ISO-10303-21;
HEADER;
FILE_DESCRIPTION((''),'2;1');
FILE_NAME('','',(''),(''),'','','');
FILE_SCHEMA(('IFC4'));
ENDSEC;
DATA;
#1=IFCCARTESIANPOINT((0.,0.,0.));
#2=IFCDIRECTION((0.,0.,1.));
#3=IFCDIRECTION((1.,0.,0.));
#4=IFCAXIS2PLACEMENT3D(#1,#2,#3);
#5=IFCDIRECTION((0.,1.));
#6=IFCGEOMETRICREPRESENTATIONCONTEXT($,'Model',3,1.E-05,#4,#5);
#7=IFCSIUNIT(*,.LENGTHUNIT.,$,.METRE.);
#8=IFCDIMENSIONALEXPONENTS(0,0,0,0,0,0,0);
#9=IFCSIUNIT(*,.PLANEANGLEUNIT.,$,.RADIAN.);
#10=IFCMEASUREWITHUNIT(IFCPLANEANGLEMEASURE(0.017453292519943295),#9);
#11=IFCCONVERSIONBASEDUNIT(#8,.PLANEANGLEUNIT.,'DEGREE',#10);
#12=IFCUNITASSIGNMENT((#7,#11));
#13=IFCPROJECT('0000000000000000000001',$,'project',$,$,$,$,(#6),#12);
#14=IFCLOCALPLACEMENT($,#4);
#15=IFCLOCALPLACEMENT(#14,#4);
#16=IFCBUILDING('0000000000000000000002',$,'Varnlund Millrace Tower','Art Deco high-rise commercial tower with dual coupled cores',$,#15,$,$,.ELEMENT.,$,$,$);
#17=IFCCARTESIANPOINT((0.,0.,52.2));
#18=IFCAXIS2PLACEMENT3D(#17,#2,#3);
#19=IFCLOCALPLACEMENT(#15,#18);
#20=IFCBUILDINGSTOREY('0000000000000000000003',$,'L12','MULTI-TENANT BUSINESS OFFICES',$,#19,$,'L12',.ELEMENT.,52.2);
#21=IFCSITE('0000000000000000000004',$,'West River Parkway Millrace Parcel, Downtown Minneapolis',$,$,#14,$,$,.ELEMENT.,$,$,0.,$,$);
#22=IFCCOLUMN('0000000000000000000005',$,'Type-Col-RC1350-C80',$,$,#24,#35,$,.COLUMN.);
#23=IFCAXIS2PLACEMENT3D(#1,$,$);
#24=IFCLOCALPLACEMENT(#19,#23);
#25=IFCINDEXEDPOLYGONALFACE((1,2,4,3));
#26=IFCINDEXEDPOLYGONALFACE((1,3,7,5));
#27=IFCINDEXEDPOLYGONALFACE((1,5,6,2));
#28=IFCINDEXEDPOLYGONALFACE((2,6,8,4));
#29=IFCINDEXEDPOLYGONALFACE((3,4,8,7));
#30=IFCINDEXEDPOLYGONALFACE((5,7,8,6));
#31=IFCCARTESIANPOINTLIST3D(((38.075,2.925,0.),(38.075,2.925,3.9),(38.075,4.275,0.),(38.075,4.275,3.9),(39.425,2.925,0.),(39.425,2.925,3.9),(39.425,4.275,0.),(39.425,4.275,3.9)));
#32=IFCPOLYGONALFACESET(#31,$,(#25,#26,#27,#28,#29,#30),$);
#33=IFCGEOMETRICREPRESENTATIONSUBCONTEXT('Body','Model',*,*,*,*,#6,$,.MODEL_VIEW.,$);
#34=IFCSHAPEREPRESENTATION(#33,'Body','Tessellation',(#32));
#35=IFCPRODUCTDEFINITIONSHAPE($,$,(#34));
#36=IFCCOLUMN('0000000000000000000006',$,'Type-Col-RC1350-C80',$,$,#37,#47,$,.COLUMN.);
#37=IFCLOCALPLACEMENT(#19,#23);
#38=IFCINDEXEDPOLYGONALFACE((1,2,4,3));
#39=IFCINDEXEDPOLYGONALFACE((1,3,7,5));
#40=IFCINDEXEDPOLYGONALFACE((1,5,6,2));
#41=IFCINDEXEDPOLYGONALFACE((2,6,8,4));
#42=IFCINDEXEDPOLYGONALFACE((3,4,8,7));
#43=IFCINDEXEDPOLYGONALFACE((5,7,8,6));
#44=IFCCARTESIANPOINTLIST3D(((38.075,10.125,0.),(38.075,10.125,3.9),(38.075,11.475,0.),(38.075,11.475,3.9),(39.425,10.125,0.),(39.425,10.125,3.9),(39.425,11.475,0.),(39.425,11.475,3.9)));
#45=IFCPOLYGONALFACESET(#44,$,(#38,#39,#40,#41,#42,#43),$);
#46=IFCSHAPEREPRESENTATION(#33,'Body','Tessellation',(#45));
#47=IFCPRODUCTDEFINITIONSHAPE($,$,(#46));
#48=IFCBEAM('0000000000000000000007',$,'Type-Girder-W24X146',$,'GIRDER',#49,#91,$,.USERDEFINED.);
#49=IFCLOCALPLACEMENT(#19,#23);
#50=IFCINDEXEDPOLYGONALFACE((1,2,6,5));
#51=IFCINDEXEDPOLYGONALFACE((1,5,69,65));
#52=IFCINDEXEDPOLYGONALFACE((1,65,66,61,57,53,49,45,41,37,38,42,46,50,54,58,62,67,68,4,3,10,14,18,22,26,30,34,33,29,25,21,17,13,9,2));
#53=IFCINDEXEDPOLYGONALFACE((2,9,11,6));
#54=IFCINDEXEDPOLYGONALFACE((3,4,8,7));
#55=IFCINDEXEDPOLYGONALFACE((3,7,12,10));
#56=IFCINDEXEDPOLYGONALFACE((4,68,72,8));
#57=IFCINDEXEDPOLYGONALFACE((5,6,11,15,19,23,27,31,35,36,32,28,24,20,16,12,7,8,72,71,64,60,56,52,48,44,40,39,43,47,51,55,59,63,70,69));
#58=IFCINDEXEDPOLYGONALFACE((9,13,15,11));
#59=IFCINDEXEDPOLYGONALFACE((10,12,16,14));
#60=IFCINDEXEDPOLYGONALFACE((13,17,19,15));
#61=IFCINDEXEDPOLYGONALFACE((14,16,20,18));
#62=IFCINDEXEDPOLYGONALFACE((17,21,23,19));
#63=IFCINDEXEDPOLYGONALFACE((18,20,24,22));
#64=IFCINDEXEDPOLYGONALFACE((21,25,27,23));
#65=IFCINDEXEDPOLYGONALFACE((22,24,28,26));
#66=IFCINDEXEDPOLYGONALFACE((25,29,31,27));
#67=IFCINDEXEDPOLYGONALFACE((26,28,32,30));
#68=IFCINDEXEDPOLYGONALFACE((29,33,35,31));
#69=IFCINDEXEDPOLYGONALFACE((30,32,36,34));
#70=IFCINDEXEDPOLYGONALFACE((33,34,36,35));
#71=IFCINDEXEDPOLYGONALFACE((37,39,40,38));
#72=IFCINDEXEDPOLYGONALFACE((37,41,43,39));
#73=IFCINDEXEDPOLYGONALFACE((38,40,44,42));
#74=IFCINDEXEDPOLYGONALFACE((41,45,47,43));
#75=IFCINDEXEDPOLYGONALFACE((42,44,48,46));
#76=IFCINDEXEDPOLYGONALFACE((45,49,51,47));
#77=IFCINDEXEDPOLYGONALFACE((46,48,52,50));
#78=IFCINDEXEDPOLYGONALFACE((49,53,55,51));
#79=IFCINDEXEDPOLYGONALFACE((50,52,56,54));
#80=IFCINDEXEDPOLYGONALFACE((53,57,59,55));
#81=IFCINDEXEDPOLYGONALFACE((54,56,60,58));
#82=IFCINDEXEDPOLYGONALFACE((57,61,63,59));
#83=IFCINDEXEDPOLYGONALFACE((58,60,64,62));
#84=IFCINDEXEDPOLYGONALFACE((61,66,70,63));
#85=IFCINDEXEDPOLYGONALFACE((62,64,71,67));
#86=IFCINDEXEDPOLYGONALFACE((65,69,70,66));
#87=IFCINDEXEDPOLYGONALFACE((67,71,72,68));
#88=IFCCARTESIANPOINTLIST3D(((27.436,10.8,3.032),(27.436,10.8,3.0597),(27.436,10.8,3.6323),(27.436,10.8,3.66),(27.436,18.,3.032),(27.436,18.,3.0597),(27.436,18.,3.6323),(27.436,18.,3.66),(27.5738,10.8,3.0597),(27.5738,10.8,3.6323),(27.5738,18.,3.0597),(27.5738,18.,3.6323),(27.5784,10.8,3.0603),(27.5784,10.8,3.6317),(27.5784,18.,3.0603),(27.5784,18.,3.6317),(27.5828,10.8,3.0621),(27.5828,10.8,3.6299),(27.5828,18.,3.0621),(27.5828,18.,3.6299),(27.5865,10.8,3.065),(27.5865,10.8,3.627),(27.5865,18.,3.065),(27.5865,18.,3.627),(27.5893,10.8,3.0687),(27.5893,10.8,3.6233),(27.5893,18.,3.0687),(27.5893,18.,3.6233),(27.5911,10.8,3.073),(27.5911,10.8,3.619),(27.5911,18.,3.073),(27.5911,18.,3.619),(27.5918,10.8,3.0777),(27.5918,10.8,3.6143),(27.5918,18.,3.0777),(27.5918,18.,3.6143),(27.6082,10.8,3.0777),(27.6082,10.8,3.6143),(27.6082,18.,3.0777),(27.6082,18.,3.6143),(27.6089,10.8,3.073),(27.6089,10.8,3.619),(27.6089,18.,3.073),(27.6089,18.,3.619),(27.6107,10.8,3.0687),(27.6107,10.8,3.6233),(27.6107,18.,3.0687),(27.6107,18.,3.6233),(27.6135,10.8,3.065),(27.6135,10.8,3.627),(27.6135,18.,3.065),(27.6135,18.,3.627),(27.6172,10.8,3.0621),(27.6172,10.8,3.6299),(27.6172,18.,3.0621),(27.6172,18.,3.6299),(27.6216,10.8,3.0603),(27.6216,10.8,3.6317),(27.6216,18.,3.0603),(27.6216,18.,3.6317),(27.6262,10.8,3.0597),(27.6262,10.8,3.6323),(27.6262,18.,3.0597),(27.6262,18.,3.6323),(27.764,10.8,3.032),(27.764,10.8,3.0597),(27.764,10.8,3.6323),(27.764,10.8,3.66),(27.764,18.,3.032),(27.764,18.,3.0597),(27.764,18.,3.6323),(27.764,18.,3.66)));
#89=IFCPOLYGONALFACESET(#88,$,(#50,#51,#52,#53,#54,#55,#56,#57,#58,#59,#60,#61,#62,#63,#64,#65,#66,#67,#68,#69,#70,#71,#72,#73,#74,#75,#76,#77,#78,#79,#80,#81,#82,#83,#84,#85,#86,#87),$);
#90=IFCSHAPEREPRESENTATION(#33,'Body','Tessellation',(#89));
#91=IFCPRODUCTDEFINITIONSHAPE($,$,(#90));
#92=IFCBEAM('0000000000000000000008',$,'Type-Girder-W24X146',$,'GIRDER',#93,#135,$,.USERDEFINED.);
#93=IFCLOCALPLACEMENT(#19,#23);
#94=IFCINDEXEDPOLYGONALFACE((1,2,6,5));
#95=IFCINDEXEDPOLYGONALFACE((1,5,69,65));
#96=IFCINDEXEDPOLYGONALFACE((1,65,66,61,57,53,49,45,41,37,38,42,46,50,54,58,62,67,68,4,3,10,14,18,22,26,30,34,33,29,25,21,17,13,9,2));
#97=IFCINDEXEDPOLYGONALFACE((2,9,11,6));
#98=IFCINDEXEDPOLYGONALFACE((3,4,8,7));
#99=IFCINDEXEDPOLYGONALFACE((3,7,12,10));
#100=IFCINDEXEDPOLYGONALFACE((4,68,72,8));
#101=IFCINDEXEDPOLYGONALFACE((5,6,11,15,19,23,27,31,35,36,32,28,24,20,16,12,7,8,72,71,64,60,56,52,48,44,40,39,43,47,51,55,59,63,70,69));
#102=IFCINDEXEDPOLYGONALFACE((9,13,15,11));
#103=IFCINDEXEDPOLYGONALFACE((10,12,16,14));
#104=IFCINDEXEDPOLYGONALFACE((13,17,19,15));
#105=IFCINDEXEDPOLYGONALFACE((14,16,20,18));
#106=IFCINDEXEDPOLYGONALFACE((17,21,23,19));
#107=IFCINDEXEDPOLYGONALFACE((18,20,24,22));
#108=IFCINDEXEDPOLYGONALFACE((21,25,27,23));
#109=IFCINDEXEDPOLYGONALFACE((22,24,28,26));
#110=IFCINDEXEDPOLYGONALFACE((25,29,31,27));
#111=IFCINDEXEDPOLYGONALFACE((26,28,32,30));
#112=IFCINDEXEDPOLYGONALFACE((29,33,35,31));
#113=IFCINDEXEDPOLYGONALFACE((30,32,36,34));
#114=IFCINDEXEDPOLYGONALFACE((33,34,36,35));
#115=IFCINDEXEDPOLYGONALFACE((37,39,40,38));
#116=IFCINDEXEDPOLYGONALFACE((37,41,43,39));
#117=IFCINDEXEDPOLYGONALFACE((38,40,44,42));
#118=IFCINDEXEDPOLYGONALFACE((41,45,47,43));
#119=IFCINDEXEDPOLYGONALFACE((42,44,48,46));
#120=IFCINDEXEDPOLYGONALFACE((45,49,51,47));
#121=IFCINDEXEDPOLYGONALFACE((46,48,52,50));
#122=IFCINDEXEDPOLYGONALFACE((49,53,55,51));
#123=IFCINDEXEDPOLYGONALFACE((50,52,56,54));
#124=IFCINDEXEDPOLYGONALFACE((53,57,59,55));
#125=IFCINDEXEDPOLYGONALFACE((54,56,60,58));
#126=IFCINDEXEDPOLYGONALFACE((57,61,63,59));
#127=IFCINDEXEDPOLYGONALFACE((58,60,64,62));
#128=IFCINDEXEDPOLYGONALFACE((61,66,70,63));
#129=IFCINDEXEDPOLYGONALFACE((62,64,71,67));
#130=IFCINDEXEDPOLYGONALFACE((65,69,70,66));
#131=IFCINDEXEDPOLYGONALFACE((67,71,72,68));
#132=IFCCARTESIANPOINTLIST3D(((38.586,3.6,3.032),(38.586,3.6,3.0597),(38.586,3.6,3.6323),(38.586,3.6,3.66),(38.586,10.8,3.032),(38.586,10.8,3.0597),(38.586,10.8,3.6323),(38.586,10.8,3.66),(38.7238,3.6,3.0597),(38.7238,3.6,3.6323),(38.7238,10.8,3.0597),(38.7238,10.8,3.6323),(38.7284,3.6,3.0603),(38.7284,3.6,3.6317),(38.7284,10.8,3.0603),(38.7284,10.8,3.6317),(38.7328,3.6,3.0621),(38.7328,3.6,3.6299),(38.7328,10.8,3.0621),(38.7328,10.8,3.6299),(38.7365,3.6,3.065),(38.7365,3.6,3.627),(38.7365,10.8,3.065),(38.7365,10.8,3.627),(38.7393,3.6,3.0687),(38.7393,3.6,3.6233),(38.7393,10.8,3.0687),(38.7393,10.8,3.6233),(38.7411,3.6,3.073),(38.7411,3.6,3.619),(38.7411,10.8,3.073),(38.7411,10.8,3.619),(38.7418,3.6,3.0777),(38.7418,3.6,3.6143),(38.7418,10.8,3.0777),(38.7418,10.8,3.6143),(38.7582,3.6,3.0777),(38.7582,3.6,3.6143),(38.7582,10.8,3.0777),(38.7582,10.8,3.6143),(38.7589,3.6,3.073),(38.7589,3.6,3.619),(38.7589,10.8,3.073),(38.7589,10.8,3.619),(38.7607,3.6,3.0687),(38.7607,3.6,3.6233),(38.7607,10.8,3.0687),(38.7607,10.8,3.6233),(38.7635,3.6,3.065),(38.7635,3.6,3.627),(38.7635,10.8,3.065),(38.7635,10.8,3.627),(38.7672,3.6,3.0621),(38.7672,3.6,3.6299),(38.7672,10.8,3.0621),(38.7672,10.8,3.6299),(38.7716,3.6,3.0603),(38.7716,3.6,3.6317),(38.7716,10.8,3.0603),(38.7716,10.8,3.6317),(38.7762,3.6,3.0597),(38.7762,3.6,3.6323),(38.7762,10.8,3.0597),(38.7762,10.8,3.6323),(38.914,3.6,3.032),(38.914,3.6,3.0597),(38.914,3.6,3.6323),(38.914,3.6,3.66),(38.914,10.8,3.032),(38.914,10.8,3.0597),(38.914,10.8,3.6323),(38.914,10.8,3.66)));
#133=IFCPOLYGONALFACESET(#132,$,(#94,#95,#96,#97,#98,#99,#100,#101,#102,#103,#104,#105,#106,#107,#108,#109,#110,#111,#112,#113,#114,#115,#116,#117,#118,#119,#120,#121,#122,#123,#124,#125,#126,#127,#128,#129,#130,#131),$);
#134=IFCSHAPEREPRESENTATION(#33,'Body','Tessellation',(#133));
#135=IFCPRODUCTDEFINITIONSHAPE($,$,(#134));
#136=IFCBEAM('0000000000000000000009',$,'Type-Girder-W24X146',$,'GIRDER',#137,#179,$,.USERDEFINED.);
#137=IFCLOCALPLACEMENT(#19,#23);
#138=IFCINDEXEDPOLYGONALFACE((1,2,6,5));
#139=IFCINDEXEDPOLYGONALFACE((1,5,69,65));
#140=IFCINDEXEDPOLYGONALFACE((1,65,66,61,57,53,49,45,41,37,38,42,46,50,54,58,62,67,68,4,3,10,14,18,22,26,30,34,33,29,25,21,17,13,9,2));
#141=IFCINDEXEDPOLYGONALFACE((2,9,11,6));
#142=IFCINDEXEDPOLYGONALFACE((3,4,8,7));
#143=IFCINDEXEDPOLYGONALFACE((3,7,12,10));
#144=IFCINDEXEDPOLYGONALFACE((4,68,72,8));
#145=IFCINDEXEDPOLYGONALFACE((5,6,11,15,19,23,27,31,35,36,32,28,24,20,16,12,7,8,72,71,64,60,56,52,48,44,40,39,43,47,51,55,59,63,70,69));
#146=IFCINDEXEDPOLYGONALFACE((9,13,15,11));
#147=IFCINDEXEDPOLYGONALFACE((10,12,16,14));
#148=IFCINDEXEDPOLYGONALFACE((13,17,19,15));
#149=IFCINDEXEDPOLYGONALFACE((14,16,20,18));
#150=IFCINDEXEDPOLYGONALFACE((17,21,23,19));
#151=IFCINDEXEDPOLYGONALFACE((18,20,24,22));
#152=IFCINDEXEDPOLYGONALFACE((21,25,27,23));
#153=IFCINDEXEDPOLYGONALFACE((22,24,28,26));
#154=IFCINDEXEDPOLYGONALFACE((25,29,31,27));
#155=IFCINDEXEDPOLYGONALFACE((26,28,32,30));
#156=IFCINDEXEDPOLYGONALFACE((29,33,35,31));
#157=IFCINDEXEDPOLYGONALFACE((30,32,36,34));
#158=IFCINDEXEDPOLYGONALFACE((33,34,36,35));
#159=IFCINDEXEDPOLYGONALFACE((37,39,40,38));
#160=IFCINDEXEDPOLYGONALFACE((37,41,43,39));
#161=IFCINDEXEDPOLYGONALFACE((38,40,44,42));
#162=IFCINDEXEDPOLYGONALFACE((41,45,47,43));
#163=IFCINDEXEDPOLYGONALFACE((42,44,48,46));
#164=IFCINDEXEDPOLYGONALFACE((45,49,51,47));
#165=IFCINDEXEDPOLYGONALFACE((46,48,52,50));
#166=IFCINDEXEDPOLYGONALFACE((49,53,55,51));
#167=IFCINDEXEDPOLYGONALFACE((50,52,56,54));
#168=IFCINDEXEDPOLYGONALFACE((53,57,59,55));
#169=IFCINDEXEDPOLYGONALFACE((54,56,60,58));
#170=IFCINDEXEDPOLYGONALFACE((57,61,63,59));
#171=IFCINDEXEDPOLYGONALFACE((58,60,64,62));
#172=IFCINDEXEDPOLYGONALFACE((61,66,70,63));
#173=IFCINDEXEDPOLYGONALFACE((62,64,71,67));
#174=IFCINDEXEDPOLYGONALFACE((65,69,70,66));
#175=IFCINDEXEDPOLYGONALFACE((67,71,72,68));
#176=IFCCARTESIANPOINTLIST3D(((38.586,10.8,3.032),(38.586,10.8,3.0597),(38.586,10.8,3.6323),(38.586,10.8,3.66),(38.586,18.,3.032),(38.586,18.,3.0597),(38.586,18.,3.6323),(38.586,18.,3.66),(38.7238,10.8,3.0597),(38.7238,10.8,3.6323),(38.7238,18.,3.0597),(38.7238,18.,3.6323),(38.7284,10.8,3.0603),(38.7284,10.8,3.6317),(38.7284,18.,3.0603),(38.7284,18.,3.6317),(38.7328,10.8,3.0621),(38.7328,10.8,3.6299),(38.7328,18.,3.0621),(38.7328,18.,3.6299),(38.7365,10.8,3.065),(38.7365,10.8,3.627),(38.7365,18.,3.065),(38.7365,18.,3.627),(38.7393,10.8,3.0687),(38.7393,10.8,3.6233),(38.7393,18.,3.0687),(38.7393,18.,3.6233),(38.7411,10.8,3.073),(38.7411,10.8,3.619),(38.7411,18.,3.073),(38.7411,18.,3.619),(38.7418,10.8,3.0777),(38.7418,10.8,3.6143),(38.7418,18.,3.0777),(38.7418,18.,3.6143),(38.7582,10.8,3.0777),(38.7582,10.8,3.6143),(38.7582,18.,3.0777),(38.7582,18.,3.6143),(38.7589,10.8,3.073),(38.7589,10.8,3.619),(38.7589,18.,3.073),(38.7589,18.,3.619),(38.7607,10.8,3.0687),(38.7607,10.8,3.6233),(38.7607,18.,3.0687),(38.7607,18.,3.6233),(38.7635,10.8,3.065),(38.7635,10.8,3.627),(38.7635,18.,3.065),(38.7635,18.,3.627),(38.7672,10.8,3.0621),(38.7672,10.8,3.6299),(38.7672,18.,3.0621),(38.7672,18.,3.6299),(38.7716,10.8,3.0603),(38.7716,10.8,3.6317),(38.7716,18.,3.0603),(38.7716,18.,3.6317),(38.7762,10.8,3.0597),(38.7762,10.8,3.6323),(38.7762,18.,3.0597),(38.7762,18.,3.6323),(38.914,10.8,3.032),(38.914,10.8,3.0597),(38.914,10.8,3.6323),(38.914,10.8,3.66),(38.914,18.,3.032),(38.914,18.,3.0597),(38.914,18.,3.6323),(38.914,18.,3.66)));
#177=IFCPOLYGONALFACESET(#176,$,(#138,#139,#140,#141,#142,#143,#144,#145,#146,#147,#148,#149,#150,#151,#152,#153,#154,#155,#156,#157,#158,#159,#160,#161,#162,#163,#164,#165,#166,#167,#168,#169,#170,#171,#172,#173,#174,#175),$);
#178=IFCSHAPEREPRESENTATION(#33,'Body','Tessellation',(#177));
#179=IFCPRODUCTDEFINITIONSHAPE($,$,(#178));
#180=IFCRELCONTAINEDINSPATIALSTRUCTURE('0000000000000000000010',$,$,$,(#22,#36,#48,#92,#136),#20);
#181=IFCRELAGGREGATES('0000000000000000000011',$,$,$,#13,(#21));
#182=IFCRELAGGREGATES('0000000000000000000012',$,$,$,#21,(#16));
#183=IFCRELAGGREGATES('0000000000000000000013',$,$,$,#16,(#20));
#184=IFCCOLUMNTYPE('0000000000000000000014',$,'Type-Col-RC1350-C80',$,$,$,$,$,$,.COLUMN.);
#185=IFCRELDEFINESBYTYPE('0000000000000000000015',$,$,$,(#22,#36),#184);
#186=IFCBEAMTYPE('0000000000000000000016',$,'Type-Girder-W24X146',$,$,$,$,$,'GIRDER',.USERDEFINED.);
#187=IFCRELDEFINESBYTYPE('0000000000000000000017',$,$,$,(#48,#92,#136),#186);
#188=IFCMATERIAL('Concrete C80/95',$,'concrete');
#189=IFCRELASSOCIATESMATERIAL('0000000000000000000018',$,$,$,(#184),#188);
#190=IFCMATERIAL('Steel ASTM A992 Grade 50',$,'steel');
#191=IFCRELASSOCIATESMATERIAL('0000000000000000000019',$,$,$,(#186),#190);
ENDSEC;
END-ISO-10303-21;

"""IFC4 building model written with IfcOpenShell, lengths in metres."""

from ifc_helpers import new_model, entity, si_unit, converted_unit, direction, frame, origin_with_axes, origin_2d_with_axis, place, context, subcontext, project, spatial, rectangle, i_section, extrude, material, material_profile, profile_set, type_object, element, save


model = new_model("IFC4")

# Units and contexts
model_context = context("Model", 3, precision=1e-05, world=origin_with_axes(), true_north=direction((0.0, 1.0)))
body_context = subcontext(model_context, "Body", "Model", "MODEL_VIEW")
ifc_project = project(units=[si_unit("LENGTHUNIT", "METRE"), converted_unit("PLANEANGLEUNIT", "DEGREE", entity("IfcPlaneAngleMeasure", 0.017453292519943295), si_unit("PLANEANGLEUNIT", "RADIAN"), dimensions=[0, 0, 0, 0, 0, 0, 0])], contexts=[model_context])

# Site, building, storey
site_placement = place(None, origin_with_axes())
site = spatial("IfcSite", under=ifc_project, at=site_placement, Name="West River Parkway Millrace Parcel, Downtown Minneapolis", CompositionType="ELEMENT", RefElevation=0.0)
building_placement = place(site_placement, origin_with_axes())
building = spatial("IfcBuilding", under=site, at=building_placement, Name="Varnlund Millrace Tower", Description="Art Deco high-rise commercial tower with dual coupled cores", CompositionType="ELEMENT")
storey_placement = place(building_placement, frame((0.0, 0.0, 52.2), z_axis=(0.0, 0.0, 1.0), x_axis=(1.0, 0.0, 0.0)))
storey = spatial("IfcBuildingStorey", under=building, at=storey_placement, Name="L12", Description="MULTI-TENANT BUSINESS OFFICES", LongName="L12", CompositionType="ELEMENT", Elevation=52.2)

# Columns
ifc_material_1 = material(Name="Concrete C80/95", Category="concrete")
ifc_material_profile_1 = material_profile(ifc_material_1, rectangle(XDim=1.35, YDim=1.35, at=origin_2d_with_axis()), Name="Concrete C80/95")
ifc_profile_set_1 = profile_set([ifc_material_profile_1], Name="Concrete C80/95")
column_type = type_object("IfcColumnType", Name="Type-Col-RC1350-C80", PredefinedType="COLUMN", material=ifc_profile_set_1)
for number, where, z_axis, x_axis, name in (
    (1, (38.75, 3.6, 0.0), (0.0, 0.0, 1.0), (1.0, 0.0, 0.0), "Type-Col-RC1350-C80"),
    (2, (38.75, 10.8, 0.0), (0.0, 0.0, 1.0), (1.0, 0.0, 0.0), "Type-Col-RC1350-C80"),
):
    element("IfcColumn", number, at=place(storey_placement, frame(where, z_axis=z_axis, x_axis=x_axis)), inside=storey, type_object=column_type, Name=name, PredefinedType="COLUMN", context=body_context, shape_type="SweptSolid", body=[
        extrude(rectangle(XDim=1.35, YDim=1.35, at=origin_2d_with_axis()), origin_with_axes(), (0.0, 0.0, 1.0), 3.9),
    ])

# Beams
ifc_material_2 = material(Name="Steel ASTM A992 Grade 50", Category="steel")
ifc_material_profile_2 = material_profile(ifc_material_2, i_section(OverallWidth=0.328, OverallDepth=0.628, WebThickness=0.0165, FlangeThickness=0.0277, FilletRadius=0.018, at=origin_2d_with_axis()), Name="Steel ASTM A992 Grade 50")
ifc_profile_set_2 = profile_set([ifc_material_profile_2], Name="Steel ASTM A992 Grade 50")
beam_type_1 = type_object("IfcBeamType", Name="Type-Girder-W24X146", ElementType="GIRDER", PredefinedType="USERDEFINED", material=ifc_profile_set_2)
for number, where, z_axis, x_axis, name in (
    (3, (27.6, 10.8, 3.346), (0.0, 1.0, 0.0), (-1.0, 0.0, 0.0), "Type-Girder-W24X146"),
    (4, (38.75, 3.6, 3.346), (0.0, 1.0, 0.0), (-1.0, 0.0, 0.0), "Type-Girder-W24X146"),
    (5, (38.75, 10.8, 3.346), (0.0, 1.0, 0.0), (-1.0, 0.0, 0.0), "Type-Girder-W24X146"),
):
    element("IfcBeam", number, at=place(storey_placement, frame(where, z_axis=z_axis, x_axis=x_axis)), inside=storey, type_object=beam_type_1, Name=name, ObjectType="GIRDER", PredefinedType="USERDEFINED", context=body_context, shape_type="SweptSolid", body=[
        extrude(i_section(OverallWidth=0.328, OverallDepth=0.628, WebThickness=0.0165, FlangeThickness=0.0277, FilletRadius=0.018, at=origin_2d_with_axis()), origin_with_axes(), (0.0, 0.0, 1.0), 7.2),
    ])

save(model, "model.ifc")
